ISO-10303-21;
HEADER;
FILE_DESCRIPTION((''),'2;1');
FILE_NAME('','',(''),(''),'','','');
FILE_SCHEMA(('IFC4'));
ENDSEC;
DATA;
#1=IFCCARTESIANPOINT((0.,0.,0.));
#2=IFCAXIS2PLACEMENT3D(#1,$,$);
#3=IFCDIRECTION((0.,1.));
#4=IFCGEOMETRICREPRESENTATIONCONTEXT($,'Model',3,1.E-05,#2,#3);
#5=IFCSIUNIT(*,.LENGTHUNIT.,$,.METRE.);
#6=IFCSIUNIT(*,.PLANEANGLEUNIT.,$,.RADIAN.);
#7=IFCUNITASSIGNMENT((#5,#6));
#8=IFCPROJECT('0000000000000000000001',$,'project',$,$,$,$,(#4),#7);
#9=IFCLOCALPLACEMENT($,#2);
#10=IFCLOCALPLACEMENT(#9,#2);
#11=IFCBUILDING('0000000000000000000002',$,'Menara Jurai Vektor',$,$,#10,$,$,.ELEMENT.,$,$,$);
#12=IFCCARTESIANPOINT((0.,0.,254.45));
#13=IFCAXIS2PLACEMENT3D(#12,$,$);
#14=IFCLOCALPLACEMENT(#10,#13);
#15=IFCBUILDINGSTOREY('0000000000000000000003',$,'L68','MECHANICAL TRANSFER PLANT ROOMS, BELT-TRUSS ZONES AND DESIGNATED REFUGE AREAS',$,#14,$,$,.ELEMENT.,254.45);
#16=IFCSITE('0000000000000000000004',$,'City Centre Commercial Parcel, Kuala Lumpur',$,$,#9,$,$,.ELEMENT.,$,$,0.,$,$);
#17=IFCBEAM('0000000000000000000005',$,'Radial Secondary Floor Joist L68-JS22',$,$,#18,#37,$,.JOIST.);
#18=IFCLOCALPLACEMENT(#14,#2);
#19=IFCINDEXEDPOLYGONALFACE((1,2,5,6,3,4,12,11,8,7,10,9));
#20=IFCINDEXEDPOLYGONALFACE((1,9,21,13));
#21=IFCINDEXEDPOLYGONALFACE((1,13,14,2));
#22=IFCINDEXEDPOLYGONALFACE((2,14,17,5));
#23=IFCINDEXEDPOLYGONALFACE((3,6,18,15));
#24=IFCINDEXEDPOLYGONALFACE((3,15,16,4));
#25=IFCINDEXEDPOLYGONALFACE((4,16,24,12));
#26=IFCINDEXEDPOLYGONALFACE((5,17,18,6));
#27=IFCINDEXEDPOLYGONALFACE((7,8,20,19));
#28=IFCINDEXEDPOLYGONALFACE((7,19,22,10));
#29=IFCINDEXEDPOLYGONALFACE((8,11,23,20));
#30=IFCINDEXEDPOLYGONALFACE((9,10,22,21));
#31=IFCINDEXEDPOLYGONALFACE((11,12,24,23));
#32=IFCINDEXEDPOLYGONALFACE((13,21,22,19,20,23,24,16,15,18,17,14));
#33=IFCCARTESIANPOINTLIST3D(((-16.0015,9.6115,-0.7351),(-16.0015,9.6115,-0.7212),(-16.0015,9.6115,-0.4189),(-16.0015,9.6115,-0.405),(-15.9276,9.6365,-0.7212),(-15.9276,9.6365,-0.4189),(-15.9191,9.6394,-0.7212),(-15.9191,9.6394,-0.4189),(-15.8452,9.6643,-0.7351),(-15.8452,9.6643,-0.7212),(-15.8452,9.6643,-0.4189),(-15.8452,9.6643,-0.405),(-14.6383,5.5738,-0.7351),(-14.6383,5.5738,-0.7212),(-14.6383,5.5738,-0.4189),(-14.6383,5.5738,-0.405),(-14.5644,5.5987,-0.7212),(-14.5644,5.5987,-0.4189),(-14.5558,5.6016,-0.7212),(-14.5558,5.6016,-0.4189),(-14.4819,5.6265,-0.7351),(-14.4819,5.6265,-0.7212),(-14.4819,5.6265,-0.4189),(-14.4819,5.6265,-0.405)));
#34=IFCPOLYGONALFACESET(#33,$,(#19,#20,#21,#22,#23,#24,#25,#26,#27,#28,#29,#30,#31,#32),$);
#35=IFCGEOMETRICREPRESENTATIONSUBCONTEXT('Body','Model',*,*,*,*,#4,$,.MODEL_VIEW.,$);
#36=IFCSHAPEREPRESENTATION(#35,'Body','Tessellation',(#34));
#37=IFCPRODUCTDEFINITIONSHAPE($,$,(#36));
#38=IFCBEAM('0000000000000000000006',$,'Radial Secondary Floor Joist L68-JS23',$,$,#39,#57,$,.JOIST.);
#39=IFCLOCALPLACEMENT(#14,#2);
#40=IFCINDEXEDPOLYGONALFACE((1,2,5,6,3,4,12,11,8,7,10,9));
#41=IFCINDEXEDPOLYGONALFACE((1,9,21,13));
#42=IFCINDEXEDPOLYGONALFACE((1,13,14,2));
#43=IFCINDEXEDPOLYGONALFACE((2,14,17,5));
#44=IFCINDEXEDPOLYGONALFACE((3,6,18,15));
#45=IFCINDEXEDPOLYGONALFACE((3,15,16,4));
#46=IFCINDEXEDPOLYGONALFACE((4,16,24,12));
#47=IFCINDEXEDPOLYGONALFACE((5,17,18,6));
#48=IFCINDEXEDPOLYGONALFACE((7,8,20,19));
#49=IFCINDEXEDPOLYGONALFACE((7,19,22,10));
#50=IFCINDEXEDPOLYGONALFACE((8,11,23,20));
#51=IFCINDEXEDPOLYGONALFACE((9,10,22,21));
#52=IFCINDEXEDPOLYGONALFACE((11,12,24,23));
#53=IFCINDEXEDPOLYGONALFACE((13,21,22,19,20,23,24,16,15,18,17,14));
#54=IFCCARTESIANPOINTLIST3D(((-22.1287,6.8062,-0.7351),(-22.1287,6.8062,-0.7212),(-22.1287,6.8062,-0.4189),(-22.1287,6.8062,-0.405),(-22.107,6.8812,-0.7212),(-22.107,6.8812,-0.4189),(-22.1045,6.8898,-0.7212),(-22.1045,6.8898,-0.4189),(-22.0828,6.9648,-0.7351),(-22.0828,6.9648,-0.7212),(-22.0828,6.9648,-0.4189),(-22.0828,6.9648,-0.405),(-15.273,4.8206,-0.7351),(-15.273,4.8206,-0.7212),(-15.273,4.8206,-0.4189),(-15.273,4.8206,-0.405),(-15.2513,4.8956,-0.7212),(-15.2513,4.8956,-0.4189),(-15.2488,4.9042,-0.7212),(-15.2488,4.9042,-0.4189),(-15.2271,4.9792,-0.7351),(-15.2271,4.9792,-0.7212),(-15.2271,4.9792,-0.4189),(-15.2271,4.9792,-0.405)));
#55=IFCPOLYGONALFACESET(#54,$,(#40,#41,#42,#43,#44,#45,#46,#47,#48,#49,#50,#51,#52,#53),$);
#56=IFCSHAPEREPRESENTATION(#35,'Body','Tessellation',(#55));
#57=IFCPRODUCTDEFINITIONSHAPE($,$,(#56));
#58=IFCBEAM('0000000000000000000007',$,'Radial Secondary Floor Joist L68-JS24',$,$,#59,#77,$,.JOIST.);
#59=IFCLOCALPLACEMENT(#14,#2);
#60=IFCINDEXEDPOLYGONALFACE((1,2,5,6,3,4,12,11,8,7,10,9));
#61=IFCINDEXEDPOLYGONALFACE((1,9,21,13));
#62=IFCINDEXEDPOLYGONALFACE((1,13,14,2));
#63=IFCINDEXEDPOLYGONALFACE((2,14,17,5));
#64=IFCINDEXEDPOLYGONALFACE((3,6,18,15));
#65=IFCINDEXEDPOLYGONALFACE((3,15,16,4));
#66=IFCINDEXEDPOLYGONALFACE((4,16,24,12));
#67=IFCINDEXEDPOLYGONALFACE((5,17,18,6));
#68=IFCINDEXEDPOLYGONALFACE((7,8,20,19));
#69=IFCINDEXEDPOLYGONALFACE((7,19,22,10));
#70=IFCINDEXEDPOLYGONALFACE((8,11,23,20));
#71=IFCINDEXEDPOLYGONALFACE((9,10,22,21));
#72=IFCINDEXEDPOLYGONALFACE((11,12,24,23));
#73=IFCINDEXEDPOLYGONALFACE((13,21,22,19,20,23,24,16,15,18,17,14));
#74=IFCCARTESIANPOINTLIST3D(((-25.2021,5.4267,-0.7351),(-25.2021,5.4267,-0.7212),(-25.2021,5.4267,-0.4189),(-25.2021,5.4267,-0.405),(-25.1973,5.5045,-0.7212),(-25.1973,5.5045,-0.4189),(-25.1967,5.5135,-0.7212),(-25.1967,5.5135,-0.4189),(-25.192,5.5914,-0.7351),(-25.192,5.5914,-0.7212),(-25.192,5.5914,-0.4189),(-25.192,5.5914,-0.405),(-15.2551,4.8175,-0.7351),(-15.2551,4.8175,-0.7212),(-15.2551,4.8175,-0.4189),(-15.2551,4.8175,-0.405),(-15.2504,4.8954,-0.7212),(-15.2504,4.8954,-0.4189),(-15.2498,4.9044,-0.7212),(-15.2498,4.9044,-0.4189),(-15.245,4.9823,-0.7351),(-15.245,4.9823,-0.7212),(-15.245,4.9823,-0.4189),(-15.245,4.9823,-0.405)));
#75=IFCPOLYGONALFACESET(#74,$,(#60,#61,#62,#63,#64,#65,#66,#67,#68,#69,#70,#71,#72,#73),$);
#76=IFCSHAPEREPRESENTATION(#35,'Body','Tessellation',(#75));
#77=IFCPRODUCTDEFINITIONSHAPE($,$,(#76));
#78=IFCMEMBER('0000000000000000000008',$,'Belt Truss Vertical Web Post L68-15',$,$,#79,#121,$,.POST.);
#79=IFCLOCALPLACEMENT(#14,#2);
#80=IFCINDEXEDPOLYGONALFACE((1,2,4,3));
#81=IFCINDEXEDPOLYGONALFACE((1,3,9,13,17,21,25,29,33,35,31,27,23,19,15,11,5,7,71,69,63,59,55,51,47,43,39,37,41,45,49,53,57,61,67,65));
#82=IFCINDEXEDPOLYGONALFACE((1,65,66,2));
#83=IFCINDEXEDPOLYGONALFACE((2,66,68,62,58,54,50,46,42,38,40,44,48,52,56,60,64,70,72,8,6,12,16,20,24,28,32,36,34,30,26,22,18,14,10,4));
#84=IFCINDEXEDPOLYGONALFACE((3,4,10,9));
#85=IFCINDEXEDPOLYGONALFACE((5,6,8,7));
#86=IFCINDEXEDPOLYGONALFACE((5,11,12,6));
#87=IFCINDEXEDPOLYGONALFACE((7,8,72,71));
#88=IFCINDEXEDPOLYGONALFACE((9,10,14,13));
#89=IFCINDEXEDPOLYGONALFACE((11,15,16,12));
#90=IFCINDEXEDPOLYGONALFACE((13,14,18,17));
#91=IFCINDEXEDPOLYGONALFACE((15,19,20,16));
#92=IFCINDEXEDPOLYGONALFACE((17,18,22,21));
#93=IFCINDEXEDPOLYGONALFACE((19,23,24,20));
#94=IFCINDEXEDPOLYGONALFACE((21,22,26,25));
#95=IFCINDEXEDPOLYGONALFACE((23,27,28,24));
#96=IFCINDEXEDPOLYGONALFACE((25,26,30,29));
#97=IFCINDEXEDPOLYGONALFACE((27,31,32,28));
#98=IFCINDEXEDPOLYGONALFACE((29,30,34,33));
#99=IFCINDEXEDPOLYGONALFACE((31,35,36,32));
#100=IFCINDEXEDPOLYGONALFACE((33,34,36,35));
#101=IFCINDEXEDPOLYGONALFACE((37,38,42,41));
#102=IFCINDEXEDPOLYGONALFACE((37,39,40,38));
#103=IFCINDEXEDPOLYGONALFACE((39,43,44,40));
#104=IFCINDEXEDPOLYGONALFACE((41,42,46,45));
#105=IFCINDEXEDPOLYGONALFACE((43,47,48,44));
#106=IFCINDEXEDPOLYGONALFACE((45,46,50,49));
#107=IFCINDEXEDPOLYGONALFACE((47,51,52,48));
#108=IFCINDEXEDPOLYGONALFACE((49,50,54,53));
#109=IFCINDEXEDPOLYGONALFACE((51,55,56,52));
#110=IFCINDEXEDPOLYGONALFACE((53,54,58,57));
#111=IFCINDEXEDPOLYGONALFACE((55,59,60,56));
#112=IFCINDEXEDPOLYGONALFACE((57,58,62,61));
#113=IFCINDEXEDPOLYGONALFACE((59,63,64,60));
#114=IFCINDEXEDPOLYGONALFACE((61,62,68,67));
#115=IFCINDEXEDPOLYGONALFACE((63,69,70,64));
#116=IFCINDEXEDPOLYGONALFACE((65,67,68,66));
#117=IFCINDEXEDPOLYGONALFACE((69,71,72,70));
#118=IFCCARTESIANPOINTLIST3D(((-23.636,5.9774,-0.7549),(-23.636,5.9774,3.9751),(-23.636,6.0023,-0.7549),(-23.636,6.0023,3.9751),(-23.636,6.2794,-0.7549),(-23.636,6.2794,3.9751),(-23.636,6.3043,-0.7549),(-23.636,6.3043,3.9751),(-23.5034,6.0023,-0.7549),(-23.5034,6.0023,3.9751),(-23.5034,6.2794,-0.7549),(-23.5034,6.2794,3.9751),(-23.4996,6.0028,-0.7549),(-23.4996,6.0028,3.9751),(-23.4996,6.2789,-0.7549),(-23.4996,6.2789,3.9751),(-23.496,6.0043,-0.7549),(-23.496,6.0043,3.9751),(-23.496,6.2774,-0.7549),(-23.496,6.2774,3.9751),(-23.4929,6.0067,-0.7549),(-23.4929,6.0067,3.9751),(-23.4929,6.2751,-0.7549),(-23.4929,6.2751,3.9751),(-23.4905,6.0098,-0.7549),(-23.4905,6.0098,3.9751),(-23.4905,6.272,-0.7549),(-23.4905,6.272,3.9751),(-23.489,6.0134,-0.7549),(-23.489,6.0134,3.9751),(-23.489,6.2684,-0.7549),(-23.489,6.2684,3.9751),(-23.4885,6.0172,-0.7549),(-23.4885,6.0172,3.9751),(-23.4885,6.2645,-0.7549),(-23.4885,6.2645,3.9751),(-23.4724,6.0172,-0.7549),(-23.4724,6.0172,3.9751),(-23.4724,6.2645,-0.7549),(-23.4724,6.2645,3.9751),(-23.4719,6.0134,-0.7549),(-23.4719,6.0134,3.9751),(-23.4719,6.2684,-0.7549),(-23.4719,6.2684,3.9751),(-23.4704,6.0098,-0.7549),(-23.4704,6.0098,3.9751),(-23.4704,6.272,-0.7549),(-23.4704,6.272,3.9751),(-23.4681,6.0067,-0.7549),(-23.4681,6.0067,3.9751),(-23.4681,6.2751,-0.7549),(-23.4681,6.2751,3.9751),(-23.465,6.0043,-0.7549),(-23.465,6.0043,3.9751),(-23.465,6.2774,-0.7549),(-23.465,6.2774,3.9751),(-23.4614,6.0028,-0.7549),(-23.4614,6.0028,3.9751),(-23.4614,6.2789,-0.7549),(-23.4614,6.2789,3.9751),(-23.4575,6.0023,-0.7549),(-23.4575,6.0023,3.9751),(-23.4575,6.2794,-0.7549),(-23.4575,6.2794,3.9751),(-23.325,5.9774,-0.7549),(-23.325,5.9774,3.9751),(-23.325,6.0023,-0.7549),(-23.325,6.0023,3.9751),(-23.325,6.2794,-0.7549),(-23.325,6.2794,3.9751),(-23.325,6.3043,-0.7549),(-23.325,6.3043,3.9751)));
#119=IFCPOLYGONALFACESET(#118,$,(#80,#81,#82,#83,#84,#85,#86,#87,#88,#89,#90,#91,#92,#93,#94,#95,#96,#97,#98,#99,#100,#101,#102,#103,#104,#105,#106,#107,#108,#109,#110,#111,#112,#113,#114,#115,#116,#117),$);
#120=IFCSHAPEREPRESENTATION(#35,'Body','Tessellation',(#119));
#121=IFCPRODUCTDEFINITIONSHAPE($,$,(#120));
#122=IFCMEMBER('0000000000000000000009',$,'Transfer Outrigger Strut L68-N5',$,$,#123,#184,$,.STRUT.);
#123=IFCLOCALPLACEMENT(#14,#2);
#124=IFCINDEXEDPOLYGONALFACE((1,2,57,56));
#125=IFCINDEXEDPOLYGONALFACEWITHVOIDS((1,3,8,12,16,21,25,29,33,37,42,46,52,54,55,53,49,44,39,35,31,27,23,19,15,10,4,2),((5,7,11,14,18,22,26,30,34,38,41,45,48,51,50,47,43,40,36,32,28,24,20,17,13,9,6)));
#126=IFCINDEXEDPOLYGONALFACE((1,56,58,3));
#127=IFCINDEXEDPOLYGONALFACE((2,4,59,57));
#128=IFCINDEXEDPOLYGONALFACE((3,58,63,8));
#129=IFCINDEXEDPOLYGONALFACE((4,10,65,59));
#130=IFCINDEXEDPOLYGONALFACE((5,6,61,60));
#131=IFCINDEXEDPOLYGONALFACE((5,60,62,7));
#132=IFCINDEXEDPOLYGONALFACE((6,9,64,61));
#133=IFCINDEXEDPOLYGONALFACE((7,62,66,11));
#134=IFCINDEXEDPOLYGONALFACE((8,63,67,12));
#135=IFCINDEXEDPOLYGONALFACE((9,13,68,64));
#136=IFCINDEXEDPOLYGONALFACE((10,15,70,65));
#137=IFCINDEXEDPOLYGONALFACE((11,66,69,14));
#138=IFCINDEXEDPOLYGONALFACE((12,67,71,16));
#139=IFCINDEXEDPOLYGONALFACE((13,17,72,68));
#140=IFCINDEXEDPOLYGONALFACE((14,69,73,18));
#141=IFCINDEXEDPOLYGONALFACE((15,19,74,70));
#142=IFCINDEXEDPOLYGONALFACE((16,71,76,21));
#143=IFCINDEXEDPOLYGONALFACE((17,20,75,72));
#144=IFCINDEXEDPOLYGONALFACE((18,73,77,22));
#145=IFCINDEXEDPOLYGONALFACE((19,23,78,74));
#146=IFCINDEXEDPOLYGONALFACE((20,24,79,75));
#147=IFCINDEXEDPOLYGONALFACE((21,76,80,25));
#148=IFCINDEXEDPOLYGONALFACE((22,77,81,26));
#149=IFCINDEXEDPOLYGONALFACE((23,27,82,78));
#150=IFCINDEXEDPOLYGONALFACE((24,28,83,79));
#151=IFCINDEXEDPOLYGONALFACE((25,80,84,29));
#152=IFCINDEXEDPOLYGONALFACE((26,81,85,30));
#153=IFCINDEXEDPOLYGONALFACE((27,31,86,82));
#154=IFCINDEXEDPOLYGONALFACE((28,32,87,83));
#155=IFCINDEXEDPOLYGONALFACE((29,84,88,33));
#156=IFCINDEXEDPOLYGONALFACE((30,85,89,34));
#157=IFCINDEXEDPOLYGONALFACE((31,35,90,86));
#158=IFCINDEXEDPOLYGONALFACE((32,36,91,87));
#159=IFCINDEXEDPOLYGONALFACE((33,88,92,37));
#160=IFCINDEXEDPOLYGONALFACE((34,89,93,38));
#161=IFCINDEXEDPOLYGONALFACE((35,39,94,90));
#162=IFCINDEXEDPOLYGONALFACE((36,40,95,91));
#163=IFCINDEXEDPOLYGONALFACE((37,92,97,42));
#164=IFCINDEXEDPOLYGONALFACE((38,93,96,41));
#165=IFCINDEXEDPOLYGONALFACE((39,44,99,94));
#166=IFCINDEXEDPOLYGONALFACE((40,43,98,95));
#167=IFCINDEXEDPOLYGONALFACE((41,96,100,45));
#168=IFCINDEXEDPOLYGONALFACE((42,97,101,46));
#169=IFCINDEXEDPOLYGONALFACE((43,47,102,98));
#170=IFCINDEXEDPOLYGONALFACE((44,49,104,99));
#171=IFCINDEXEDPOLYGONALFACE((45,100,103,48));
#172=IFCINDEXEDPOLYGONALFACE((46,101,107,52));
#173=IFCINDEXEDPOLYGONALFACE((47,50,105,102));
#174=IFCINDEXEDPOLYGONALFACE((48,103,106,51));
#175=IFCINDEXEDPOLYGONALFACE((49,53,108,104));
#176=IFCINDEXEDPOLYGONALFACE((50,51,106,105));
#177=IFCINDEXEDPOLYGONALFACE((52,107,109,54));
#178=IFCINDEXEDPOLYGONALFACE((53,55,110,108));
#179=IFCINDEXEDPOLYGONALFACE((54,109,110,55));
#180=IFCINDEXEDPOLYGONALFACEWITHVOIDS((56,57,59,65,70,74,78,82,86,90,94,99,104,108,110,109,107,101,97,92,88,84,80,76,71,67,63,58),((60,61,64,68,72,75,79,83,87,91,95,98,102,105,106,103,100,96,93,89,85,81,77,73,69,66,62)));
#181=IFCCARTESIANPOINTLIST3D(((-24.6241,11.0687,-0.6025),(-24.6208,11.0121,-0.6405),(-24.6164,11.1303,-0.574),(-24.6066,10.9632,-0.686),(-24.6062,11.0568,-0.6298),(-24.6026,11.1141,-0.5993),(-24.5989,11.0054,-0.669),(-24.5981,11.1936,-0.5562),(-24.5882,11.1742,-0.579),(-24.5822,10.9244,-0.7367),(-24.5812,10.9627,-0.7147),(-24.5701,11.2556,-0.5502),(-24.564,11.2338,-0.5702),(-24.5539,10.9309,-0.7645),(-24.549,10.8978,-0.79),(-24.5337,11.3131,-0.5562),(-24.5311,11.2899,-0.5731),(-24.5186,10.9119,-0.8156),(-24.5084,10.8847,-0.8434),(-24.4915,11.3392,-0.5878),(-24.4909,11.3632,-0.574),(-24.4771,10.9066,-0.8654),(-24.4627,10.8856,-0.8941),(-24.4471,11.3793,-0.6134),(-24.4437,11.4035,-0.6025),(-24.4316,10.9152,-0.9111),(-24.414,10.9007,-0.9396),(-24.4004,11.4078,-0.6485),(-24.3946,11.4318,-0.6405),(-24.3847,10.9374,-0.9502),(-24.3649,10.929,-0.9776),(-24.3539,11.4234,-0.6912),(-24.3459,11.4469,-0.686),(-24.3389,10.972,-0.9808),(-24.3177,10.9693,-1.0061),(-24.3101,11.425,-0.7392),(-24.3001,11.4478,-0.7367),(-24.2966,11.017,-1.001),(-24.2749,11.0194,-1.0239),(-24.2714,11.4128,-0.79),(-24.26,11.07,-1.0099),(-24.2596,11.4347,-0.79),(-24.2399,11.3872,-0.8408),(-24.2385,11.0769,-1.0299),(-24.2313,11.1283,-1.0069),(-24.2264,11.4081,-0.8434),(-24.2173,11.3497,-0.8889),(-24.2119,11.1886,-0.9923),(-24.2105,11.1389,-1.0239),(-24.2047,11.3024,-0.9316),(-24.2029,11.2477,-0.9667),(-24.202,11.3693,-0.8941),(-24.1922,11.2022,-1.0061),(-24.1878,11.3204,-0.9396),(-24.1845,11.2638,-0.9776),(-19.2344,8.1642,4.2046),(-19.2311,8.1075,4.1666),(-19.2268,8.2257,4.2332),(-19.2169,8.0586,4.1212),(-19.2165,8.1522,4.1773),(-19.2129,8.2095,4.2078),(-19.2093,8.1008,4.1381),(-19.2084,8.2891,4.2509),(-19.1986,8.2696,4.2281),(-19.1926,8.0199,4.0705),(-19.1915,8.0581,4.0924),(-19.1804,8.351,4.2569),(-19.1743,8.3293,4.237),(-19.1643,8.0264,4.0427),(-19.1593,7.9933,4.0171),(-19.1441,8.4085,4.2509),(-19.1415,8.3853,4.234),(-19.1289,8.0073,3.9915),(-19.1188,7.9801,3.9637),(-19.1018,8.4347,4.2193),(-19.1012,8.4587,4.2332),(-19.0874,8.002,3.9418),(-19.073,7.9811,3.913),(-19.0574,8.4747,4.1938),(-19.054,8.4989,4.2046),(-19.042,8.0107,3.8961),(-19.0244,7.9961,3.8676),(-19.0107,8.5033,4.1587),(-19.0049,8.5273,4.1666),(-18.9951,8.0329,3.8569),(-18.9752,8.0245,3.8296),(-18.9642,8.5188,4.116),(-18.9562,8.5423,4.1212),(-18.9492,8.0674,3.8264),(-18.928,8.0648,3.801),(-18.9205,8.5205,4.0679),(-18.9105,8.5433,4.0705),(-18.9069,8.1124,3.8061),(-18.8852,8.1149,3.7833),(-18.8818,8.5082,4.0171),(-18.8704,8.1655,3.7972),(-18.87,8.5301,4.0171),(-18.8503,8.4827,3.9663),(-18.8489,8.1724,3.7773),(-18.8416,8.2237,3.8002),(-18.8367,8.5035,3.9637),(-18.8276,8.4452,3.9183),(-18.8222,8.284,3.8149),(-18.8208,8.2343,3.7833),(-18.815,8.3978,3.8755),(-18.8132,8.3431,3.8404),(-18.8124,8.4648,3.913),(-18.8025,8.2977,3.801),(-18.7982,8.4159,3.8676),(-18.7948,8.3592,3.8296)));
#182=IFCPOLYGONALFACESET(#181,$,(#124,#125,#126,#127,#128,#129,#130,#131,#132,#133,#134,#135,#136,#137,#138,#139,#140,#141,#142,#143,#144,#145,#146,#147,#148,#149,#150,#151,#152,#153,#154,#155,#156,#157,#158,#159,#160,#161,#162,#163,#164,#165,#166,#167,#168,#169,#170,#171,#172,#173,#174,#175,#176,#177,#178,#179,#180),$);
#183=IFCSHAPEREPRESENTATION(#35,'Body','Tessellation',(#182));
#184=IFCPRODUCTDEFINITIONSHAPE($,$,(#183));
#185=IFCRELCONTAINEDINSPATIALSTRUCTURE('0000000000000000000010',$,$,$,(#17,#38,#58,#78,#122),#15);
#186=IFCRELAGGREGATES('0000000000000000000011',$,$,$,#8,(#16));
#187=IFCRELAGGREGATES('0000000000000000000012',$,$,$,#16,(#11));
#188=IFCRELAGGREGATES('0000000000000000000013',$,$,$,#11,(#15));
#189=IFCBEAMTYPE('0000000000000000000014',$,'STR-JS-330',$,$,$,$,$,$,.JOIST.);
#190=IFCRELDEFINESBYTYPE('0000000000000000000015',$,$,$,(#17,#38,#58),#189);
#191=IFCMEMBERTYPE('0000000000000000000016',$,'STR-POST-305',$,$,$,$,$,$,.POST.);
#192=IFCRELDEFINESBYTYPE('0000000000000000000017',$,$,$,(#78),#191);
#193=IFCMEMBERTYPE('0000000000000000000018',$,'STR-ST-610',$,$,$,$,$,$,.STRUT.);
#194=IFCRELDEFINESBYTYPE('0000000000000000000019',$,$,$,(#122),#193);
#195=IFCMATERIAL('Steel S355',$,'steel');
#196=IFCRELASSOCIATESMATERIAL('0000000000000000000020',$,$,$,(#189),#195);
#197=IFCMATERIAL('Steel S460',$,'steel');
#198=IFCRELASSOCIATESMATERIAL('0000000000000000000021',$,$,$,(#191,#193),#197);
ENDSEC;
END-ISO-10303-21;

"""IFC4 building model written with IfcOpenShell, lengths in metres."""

from ifc_helpers import new_model, si_unit, direction, frame, origin, origin_2d, place, context, subcontext, project, spatial, hollow_circle, i_section, extrude, material, material_profile, profile_set, type_object, element, save


model = new_model("IFC4")

# Units and contexts
model_context = context("Model", 3, precision=1e-05, world=origin(), true_north=direction((0.0, 1.0)))
body_context = subcontext(model_context, "Body", "Model", "MODEL_VIEW")
ifc_project = project(units=[si_unit("LENGTHUNIT", "METRE"), si_unit("PLANEANGLEUNIT", "RADIAN")], contexts=[model_context])

# Site, building, storey
site_placement = place(None, origin())
site = spatial("IfcSite", under=ifc_project, at=site_placement, Name="City Centre Commercial Parcel, Kuala Lumpur", CompositionType="ELEMENT", RefElevation=0.0)
building_placement = place(site_placement, origin())
building = spatial("IfcBuilding", under=site, at=building_placement, Name="Menara Jurai Vektor", CompositionType="ELEMENT")
storey_placement = place(building_placement, frame((0.0, 0.0, 254.45)))
storey = spatial("IfcBuildingStorey", under=building, at=storey_placement, Name="L68", Description="MECHANICAL TRANSFER PLANT ROOMS, BELT-TRUSS ZONES AND DESIGNATED REFUGE AREAS", CompositionType="ELEMENT", Elevation=254.45)

# Shared definitions
ifc_material_1 = material(Name="Steel S460", Category="steel")

# Shared definitions
ifc_material_2 = material(Name="Steel S355", Category="steel")

# Beams
ifc_material_profile_1 = material_profile(ifc_material_2, i_section(OverallWidth=0.165, OverallDepth=0.3301, WebThickness=0.009, FlangeThickness=0.0139, at=origin_2d()), Name="PG 330x165x46")
ifc_profile_set_1 = profile_set([ifc_material_profile_1], Name="Steel S355")
beam_type_1 = type_object("IfcBeamType", Name="STR-JS-330", PredefinedType="JOIST", material=ifc_profile_set_1)
beam_1_placement = place(storey_placement, frame((-15.9233, 9.6379, -0.5701), z_axis=(0.319886, -0.947456, 0.0), x_axis=(0.947456, 0.319886, 0.0)))
element("IfcBeam", 1, at=beam_1_placement, inside=storey, type_object=beam_type_1, Name="Radial Secondary Floor Joist L68-JS22", PredefinedType="JOIST", context=body_context, shape_type="SweptSolid", body=[
    extrude(i_section(OverallWidth=0.165, OverallDepth=0.3301, WebThickness=0.009, FlangeThickness=0.0139, at=origin_2d()), origin(), (0.0, 0.0, 1.0), 4.2617),
])
beam_2_placement = place(storey_placement, frame((-22.1057, 6.8855, -0.5701), z_axis=(0.960525, -0.278193, 0.0), x_axis=(0.278193, 0.960525, 0.0)))
element("IfcBeam", 2, at=beam_2_placement, inside=storey, type_object=beam_type_1, Name="Radial Secondary Floor Joist L68-JS23", PredefinedType="JOIST", context=body_context, shape_type="SweptSolid", body=[
    extrude(i_section(OverallWidth=0.165, OverallDepth=0.3301, WebThickness=0.009, FlangeThickness=0.0139, at=origin_2d()), origin(), (0.0, 0.0, 1.0), 7.1375),
])
beam_3_placement = place(storey_placement, frame((-25.197, 5.509, -0.5701), z_axis=(0.99813, -0.061123, 0.0), x_axis=(0.061123, 0.99813, 0.0)))
element("IfcBeam", 3, at=beam_3_placement, inside=storey, type_object=beam_type_1, Name="Radial Secondary Floor Joist L68-JS24", PredefinedType="JOIST", context=body_context, shape_type="SweptSolid", body=[
    extrude(i_section(OverallWidth=0.165, OverallDepth=0.3301, WebThickness=0.009, FlangeThickness=0.0139, at=origin_2d()), origin(), (0.0, 0.0, 1.0), 9.9656),
])

# Members
ifc_material_profile_2 = material_profile(ifc_material_1, i_section(OverallWidth=0.311, OverallDepth=0.3269, WebThickness=0.0161, FlangeThickness=0.0249, FilletRadius=0.0149, at=origin_2d()), Name="UKC 305x305x158")
ifc_profile_set_2 = profile_set([ifc_material_profile_2], Name="Steel S460")
member_type_1 = type_object("IfcMemberType", Name="STR-POST-305", PredefinedType="POST", material=ifc_profile_set_2)
member_1_placement = place(storey_placement, frame((-23.4805, 6.1409, -0.7549), z_axis=(0.0, 0.0, 1.0), x_axis=(1.0, 0.0, 0.0)))
element("IfcMember", 4, at=member_1_placement, inside=storey, type_object=member_type_1, Name="Belt Truss Vertical Web Post L68-15", PredefinedType="POST", context=body_context, shape_type="SweptSolid", body=[
    extrude(i_section(OverallWidth=0.311, OverallDepth=0.3269, WebThickness=0.0161, FlangeThickness=0.0249, FilletRadius=0.0149, at=origin_2d()), origin(), (0.0, 0.0, 1.0), 4.73),
])
ifc_material_profile_3 = material_profile(ifc_material_1, hollow_circle(Radius=0.3049, WallThickness=0.0249, at=origin_2d()), Name="CHS 610x25")
ifc_profile_set_3 = profile_set([ifc_material_profile_3], Name="Steel S460")
member_type_2 = type_object("IfcMemberType", Name="STR-ST-610", PredefinedType="STRUT", material=ifc_profile_set_3)
member_2_placement = place(storey_placement, frame((-24.4043, 11.1663, -0.79), z_axis=(0.692387, -0.373135, 0.617553), x_axis=(0.474407, 0.880306, 0.0)))
element("IfcMember", 5, at=member_2_placement, inside=storey, type_object=member_type_2, Name="Transfer Outrigger Strut L68-N5", PredefinedType="STRUT", context=body_context, shape_type="SweptSolid", body=[
    extrude(hollow_circle(Radius=0.3049, WallThickness=0.0249, at=origin_2d()), origin(), (0.0, 0.0, 1.0), 7.7842),
])

save(model, "model.ifc")
